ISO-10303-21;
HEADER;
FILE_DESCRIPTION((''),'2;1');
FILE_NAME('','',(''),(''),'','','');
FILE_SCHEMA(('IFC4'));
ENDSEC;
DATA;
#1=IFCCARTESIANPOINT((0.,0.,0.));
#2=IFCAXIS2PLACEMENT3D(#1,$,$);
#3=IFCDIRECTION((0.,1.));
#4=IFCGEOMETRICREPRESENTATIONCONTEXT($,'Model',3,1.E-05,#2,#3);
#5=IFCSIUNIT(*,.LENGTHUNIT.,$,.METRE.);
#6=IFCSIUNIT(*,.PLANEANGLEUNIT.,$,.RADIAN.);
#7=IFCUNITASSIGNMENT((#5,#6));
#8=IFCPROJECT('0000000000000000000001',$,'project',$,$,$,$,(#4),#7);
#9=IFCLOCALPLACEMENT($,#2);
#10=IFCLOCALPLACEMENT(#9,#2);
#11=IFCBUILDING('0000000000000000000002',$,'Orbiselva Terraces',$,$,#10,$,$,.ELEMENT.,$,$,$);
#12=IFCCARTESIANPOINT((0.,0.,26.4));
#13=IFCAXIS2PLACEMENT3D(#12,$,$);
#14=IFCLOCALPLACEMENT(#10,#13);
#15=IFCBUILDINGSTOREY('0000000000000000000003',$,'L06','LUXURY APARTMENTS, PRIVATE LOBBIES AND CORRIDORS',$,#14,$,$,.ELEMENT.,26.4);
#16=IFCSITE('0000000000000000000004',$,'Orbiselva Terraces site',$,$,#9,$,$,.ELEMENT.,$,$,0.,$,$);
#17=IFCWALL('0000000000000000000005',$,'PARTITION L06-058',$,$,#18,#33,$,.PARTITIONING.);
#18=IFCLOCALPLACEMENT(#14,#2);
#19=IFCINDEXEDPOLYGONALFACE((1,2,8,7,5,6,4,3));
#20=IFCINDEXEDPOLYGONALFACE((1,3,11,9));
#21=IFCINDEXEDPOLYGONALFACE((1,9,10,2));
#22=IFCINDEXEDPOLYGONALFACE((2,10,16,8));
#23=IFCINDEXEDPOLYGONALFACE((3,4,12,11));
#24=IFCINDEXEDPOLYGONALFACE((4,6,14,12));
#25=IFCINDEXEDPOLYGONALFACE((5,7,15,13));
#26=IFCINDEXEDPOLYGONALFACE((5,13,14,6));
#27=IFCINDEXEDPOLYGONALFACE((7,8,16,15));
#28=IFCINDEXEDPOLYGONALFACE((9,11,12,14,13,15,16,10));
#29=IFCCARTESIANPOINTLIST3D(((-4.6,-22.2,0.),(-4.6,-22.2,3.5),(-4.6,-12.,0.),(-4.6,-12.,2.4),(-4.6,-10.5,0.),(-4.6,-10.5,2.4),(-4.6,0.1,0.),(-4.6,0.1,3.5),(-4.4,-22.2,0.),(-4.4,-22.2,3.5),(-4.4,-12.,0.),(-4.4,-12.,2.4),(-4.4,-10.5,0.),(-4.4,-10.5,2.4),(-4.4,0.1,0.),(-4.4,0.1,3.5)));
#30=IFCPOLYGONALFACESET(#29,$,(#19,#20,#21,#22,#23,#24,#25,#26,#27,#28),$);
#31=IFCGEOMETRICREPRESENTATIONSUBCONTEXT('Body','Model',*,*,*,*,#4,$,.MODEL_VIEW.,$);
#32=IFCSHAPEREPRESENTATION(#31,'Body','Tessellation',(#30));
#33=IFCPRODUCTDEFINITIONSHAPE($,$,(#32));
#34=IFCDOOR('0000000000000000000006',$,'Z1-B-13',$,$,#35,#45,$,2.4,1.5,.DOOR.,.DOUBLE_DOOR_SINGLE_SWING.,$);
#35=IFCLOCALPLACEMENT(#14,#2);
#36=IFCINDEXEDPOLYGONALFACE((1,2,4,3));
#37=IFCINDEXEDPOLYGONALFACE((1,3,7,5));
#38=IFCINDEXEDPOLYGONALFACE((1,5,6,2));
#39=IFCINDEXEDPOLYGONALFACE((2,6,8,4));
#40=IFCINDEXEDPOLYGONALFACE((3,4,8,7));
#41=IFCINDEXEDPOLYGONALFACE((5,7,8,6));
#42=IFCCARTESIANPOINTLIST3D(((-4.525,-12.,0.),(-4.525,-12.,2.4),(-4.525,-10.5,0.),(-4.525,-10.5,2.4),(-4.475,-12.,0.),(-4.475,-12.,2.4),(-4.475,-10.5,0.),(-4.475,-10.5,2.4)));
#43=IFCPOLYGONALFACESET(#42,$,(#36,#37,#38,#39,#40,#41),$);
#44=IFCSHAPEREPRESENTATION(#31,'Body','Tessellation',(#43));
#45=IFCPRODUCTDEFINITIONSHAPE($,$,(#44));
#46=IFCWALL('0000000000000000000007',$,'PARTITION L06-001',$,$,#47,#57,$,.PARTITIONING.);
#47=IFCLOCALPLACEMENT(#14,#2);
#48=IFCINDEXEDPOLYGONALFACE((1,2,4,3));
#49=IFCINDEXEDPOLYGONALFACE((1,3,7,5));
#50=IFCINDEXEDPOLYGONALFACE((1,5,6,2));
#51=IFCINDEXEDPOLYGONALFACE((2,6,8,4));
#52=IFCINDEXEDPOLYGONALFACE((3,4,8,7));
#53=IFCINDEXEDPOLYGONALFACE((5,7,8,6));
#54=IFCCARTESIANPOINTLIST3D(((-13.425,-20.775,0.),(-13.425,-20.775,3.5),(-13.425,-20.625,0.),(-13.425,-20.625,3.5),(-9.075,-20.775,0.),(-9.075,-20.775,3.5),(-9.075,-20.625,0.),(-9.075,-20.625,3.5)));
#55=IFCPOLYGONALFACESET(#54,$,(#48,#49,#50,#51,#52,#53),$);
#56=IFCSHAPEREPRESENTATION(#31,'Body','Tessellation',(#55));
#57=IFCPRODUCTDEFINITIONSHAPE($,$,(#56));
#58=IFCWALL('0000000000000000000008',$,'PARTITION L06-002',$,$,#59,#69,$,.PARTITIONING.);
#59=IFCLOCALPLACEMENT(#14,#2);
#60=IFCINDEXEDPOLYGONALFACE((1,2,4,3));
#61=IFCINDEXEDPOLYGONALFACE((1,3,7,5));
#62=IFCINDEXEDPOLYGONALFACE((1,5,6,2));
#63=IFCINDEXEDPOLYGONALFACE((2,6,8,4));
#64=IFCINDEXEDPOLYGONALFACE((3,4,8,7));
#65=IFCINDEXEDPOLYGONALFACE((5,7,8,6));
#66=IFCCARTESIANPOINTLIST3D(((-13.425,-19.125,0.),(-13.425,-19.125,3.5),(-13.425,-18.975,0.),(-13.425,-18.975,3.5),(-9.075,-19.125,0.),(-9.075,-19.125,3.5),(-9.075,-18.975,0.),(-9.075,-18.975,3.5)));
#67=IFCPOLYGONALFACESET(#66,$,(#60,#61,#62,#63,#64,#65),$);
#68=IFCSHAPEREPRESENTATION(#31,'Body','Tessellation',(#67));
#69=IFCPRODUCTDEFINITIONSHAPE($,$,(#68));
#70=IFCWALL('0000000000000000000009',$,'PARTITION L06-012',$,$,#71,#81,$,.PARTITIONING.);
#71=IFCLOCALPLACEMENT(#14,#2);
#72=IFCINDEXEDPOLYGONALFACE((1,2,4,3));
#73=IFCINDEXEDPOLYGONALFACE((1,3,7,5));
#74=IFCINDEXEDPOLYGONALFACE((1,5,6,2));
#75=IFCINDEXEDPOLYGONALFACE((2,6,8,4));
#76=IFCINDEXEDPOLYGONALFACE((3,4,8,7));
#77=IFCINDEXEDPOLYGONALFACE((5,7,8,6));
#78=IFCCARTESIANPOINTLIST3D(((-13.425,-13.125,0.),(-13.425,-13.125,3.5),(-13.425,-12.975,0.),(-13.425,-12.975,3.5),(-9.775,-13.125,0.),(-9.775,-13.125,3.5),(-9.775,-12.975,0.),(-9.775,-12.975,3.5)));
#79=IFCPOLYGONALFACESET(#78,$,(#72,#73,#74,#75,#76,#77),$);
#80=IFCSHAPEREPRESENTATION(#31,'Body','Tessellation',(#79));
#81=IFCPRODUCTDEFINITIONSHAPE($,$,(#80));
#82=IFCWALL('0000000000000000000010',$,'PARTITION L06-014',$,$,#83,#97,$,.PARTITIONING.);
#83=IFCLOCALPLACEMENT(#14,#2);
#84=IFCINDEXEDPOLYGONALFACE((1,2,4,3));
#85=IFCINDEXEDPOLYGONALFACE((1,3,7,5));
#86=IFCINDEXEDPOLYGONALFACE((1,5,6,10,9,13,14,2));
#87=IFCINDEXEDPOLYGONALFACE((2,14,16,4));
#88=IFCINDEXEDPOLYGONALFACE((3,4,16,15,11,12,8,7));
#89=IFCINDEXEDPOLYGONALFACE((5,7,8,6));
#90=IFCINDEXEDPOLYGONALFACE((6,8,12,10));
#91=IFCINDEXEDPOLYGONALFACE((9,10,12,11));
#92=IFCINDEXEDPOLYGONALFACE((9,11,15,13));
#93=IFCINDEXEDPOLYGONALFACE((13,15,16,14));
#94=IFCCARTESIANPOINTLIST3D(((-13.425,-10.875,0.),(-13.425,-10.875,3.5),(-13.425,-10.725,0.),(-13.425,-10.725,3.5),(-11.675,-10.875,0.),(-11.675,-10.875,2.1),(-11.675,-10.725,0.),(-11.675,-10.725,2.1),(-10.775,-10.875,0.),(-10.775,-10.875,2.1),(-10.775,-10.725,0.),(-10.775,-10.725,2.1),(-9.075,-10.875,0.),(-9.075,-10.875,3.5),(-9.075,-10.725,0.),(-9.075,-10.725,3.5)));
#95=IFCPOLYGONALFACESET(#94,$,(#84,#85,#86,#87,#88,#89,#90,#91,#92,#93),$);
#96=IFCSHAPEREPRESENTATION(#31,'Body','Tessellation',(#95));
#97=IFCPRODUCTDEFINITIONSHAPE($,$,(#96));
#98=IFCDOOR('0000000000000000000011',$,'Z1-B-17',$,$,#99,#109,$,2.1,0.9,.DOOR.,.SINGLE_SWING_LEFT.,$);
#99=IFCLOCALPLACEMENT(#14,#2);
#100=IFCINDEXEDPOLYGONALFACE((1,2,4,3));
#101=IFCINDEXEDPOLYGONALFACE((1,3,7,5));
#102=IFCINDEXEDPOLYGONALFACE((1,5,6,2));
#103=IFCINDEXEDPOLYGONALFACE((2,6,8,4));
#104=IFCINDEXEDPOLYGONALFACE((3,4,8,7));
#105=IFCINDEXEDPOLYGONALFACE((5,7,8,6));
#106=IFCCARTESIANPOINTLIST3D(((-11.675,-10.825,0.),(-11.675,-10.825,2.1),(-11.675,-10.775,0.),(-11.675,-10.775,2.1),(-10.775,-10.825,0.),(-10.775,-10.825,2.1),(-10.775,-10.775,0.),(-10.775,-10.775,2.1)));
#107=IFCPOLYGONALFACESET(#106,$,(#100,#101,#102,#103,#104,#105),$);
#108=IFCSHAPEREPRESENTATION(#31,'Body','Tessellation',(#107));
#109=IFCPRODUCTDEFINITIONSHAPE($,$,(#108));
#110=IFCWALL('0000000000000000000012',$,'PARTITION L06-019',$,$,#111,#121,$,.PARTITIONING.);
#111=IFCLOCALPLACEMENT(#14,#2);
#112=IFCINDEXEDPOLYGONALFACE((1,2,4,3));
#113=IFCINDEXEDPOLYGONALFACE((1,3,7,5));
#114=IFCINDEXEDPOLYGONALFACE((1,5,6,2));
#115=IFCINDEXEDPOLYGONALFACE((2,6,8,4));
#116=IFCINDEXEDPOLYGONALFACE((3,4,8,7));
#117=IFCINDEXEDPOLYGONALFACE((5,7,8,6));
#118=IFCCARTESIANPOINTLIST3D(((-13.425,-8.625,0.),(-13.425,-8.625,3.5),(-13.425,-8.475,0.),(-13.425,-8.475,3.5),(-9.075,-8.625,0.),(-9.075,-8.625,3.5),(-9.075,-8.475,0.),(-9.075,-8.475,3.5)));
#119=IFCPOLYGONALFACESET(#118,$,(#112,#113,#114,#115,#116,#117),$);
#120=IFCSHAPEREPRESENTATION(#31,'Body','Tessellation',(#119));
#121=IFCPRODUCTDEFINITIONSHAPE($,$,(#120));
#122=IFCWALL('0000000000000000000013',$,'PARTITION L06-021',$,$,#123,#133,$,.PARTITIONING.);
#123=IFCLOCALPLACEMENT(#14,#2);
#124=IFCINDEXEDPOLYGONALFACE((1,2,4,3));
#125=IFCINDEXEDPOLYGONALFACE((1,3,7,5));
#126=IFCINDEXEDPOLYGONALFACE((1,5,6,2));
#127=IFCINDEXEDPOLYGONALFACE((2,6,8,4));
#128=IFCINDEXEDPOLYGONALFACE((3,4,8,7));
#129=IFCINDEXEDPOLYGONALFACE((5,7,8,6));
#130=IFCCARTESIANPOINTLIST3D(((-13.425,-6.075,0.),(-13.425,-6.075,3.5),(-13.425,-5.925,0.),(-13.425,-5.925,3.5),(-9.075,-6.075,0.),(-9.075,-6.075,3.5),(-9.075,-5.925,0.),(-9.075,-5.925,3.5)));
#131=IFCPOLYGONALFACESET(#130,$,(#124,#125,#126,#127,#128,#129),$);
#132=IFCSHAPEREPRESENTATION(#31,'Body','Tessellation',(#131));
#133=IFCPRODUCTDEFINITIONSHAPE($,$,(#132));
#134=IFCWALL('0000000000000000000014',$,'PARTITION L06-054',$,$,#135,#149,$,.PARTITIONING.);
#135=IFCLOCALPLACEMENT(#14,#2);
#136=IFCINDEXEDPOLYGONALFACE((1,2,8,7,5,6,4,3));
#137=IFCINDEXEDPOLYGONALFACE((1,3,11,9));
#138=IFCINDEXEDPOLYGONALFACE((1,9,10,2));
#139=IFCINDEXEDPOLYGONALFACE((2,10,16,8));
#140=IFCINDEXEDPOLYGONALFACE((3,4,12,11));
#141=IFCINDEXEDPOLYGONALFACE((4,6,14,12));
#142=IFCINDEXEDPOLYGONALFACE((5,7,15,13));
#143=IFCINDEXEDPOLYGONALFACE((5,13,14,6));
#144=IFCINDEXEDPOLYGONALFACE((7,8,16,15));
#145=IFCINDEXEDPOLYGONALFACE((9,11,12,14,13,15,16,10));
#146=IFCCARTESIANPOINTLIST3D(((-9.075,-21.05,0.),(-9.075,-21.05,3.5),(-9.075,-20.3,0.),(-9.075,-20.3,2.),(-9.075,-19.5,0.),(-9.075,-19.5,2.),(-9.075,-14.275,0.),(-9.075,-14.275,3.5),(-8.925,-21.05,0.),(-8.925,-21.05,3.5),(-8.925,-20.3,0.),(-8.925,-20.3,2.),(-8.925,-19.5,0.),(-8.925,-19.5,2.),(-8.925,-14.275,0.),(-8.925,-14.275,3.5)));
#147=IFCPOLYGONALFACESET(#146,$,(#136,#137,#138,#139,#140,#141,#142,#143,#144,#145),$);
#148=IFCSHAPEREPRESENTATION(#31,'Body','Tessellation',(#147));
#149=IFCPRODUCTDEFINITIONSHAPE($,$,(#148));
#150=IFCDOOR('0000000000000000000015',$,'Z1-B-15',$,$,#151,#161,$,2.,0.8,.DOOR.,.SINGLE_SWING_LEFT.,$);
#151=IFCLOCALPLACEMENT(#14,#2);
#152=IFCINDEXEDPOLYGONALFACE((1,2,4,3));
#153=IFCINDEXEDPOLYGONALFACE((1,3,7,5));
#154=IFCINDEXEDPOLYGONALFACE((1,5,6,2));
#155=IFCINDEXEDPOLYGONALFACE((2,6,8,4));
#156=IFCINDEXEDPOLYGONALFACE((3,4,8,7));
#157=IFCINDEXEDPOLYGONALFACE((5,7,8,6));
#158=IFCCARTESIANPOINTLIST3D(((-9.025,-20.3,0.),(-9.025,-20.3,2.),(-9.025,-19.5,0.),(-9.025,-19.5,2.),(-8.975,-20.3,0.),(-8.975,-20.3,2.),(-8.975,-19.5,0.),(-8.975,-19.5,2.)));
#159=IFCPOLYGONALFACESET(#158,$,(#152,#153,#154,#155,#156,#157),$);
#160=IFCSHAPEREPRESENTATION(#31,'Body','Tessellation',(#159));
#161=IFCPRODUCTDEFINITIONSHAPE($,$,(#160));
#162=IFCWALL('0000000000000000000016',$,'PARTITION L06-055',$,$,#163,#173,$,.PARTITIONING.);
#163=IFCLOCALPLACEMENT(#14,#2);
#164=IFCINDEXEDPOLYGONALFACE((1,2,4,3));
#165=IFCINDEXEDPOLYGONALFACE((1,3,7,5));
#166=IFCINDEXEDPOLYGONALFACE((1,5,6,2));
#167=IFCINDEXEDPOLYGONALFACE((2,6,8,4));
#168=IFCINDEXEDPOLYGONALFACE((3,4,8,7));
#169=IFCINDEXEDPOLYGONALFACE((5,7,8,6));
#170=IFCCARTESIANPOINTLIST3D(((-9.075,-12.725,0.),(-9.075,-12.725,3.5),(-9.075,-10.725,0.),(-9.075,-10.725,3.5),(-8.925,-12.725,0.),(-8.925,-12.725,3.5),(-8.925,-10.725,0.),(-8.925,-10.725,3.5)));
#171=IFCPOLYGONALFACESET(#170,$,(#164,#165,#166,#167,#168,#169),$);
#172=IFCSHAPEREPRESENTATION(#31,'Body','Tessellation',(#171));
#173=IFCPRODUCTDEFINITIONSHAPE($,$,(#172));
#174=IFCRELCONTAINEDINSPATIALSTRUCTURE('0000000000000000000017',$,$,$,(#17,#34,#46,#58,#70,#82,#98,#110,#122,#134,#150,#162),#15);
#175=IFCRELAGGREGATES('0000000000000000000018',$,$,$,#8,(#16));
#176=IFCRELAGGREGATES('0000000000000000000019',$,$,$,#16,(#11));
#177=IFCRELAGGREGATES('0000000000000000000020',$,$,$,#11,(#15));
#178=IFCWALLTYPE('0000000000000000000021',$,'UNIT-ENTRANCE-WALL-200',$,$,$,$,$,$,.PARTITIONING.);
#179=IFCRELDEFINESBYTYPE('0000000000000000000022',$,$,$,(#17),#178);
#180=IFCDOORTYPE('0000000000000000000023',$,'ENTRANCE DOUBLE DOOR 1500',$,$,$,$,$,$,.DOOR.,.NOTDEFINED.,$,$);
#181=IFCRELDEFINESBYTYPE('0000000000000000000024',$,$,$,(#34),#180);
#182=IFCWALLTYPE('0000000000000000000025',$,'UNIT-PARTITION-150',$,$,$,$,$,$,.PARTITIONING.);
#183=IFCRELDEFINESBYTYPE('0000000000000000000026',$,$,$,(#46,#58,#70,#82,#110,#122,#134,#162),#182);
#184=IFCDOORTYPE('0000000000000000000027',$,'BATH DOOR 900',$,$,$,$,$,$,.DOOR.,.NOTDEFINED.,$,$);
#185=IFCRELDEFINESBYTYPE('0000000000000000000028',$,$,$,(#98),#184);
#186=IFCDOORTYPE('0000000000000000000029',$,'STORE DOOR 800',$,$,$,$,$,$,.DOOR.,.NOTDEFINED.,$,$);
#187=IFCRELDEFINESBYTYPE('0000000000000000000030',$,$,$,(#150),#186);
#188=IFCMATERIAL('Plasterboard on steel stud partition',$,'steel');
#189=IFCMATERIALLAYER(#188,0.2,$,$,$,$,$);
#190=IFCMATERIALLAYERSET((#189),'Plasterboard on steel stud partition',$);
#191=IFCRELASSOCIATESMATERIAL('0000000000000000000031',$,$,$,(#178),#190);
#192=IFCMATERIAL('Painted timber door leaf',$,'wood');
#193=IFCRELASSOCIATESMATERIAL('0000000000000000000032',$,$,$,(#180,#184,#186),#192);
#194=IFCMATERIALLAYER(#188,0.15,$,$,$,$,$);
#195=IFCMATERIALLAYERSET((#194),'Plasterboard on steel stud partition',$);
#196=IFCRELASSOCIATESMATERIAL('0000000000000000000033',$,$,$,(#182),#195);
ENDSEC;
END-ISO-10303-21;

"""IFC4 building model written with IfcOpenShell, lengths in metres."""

from ifc_helpers import new_model, si_unit, direction, frame, frame_2d, origin, place, context, subcontext, project, spatial, rectangle, extrude, material, layer, layer_set, type_object, element, fill, save


model = new_model("IFC4")

# Units and contexts
model_context = context("Model", 3, precision=1e-05, world=origin(), true_north=direction((0.0, 1.0)))
body_context = subcontext(model_context, "Body", "Model", "MODEL_VIEW")
ifc_project = project(units=[si_unit("LENGTHUNIT", "METRE"), si_unit("PLANEANGLEUNIT", "RADIAN")], contexts=[model_context])

# Site, building, storey
site_placement = place(None, origin())
site = spatial("IfcSite", under=ifc_project, at=site_placement, Name="Orbiselva Terraces site", CompositionType="ELEMENT", RefElevation=0.0)
building_placement = place(site_placement, origin())
building = spatial("IfcBuilding", under=site, at=building_placement, Name="Orbiselva Terraces", CompositionType="ELEMENT")
storey_placement = place(building_placement, frame((0.0, 0.0, 26.4)))
storey = spatial("IfcBuildingStorey", under=building, at=storey_placement, Name="L06", Description="LUXURY APARTMENTS, PRIVATE LOBBIES AND CORRIDORS", CompositionType="ELEMENT", Elevation=26.4)

# Wall, opening, door
ifc_material_1 = material(Name="Plasterboard on steel stud partition", Category="steel")
ifc_layer_1 = layer(ifc_material_1, 0.2)
ifc_layer_set_1 = layer_set([ifc_layer_1], Name="Plasterboard on steel stud partition")
wall_type_1 = type_object("IfcWallType", Name="UNIT-ENTRANCE-WALL-200", PredefinedType="PARTITIONING", material=ifc_layer_set_1)
wall_1_placement = place(storey_placement, frame((-4.5, -22.2, 0.0), z_axis=(0.0, 0.0, 1.0), x_axis=(0.0, 1.0, 0.0)))
wall_1 = element("IfcWall", 1, at=wall_1_placement, inside=storey, type_object=wall_type_1, Name="PARTITION L06-058", PredefinedType="PARTITIONING", context=body_context, shape_type="SweptSolid", body=[
    extrude(rectangle(XDim=22.3, YDim=0.2, at=frame_2d((11.15, 0.0))), origin(), (0.0, 0.0, 1.0), 3.5),
])
opening_1_placement = place(wall_1_placement, frame((10.2, 0.0, 0.0)))
opening_1 = element("IfcOpeningElement", 2, at=opening_1_placement, cuts=wall_1, PredefinedType="OPENING", context=body_context, shape_type="SweptSolid", body=[
    extrude(rectangle(XDim=1.5, YDim=2.4, at=frame_2d((0.75, 1.2))), frame((0.0, 0.11, 0.0), z_axis=(0.0, -1.0, 0.0), x_axis=(1.0, 0.0, 0.0)), (0.0, 0.0, 1.0), 0.22),
])
ifc_material_2 = material(Name="Painted timber door leaf", Category="wood")
door_type_1 = type_object("IfcDoorType", Name="ENTRANCE DOUBLE DOOR 1500", OperationType="NOTDEFINED", PredefinedType="DOOR", material=ifc_material_2)
door_1_placement = place(opening_1_placement, origin())
door_1 = element("IfcDoor", 3, at=door_1_placement, inside=storey, type_object=door_type_1, Name="Z1-B-13", OperationType="DOUBLE_DOOR_SINGLE_SWING", OverallHeight=2.4, OverallWidth=1.5, PredefinedType="DOOR", context=body_context, shape_type="SweptSolid", body=[
    extrude(rectangle(XDim=1.5, YDim=2.4, at=frame_2d((0.75, 1.2))), frame((0.0, 0.025, 0.0), z_axis=(0.0, -1.0, 0.0), x_axis=(1.0, 0.0, 0.0)), (0.0, 0.0, 1.0), 0.05),
])
fill(opening_1, door_1)

# Walls
ifc_layer_2 = layer(ifc_material_1, 0.15)
ifc_layer_set_2 = layer_set([ifc_layer_2], Name="Plasterboard on steel stud partition")
wall_type_2 = type_object("IfcWallType", Name="UNIT-PARTITION-150", PredefinedType="PARTITIONING", material=ifc_layer_set_2)
for number, where, z_axis, x_axis, name in (
    (4, (-13.425, -20.7, 0.0), (0.0, 0.0, 1.0), (1.0, 0.0, 0.0), "PARTITION L06-001"),
    (5, (-13.425, -19.05, 0.0), (0.0, 0.0, 1.0), (1.0, 0.0, 0.0), "PARTITION L06-002"),
):
    element("IfcWall", number, at=place(storey_placement, frame(where, z_axis=z_axis, x_axis=x_axis)), inside=storey, type_object=wall_type_2, Name=name, PredefinedType="PARTITIONING", context=body_context, shape_type="SweptSolid", body=[
        extrude(rectangle(XDim=4.35, YDim=0.15, at=frame_2d((2.175, 0.0))), origin(), (0.0, 0.0, 1.0), 3.5),
    ])
wall_2_placement = place(storey_placement, frame((-13.425, -13.05, 0.0), z_axis=(0.0, 0.0, 1.0), x_axis=(1.0, 0.0, 0.0)))
element("IfcWall", 6, at=wall_2_placement, inside=storey, type_object=wall_type_2, Name="PARTITION L06-012", PredefinedType="PARTITIONING", context=body_context, shape_type="SweptSolid", body=[
    extrude(rectangle(XDim=3.65, YDim=0.15, at=frame_2d((1.825, 0.0))), origin(), (0.0, 0.0, 1.0), 3.5),
])

# Wall, opening, door
wall_3_placement = place(storey_placement, frame((-9.075, -10.8, 0.0), z_axis=(0.0, 0.0, 1.0), x_axis=(-1.0, 0.0, 0.0)))
wall_3 = element("IfcWall", 7, at=wall_3_placement, inside=storey, type_object=wall_type_2, Name="PARTITION L06-014", PredefinedType="PARTITIONING", context=body_context, shape_type="SweptSolid", body=[
    extrude(rectangle(XDim=4.35, YDim=0.15, at=frame_2d((2.175, 0.0))), origin(), (0.0, 0.0, 1.0), 3.5),
])
opening_2_placement = place(wall_3_placement, frame((1.7, 0.0, 0.0)))
opening_2 = element("IfcOpeningElement", 8, at=opening_2_placement, cuts=wall_3, PredefinedType="OPENING", context=body_context, shape_type="SweptSolid", body=[
    extrude(rectangle(XDim=0.9, YDim=2.1, at=frame_2d((0.45, 1.05))), frame((0.0, 0.085, 0.0), z_axis=(0.0, -1.0, 0.0), x_axis=(1.0, 0.0, 0.0)), (0.0, 0.0, 1.0), 0.17),
])
door_type_2 = type_object("IfcDoorType", Name="BATH DOOR 900", OperationType="NOTDEFINED", PredefinedType="DOOR", material=ifc_material_2)
door_2_placement = place(opening_2_placement, origin())
door_2 = element("IfcDoor", 9, at=door_2_placement, inside=storey, type_object=door_type_2, Name="Z1-B-17", OperationType="SINGLE_SWING_LEFT", OverallHeight=2.1, OverallWidth=0.9, PredefinedType="DOOR", context=body_context, shape_type="SweptSolid", body=[
    extrude(rectangle(XDim=0.9, YDim=2.1, at=frame_2d((0.45, 1.05))), frame((0.0, 0.025, 0.0), z_axis=(0.0, -1.0, 0.0), x_axis=(1.0, 0.0, 0.0)), (0.0, 0.0, 1.0), 0.05),
])
fill(opening_2, door_2)

# Walls
for number, where, z_axis, x_axis, name in (
    (10, (-13.425, -8.55, 0.0), (0.0, 0.0, 1.0), (1.0, 0.0, 0.0), "PARTITION L06-019"),
    (11, (-13.425, -6.0, 0.0), (0.0, 0.0, 1.0), (1.0, 0.0, 0.0), "PARTITION L06-021"),
):
    element("IfcWall", number, at=place(storey_placement, frame(where, z_axis=z_axis, x_axis=x_axis)), inside=storey, type_object=wall_type_2, Name=name, PredefinedType="PARTITIONING", context=body_context, shape_type="SweptSolid", body=[
        extrude(rectangle(XDim=4.35, YDim=0.15, at=frame_2d((2.175, 0.0))), origin(), (0.0, 0.0, 1.0), 3.5),
    ])

# Wall, opening, door
wall_4_placement = place(storey_placement, frame((-9.0, -21.05, 0.0), z_axis=(0.0, 0.0, 1.0), x_axis=(0.0, 1.0, 0.0)))
wall_4 = element("IfcWall", 12, at=wall_4_placement, inside=storey, type_object=wall_type_2, Name="PARTITION L06-054", PredefinedType="PARTITIONING", context=body_context, shape_type="SweptSolid", body=[
    extrude(rectangle(XDim=6.775, YDim=0.15, at=frame_2d((3.3875, 0.0))), origin(), (0.0, 0.0, 1.0), 3.5),
])
opening_3_placement = place(wall_4_placement, frame((0.75, 0.0, 0.0)))
opening_3 = element("IfcOpeningElement", 13, at=opening_3_placement, cuts=wall_4, PredefinedType="OPENING", context=body_context, shape_type="SweptSolid", body=[
    extrude(rectangle(XDim=0.8, YDim=2.0, at=frame_2d((0.4, 1.0))), frame((0.0, 0.085, 0.0), z_axis=(0.0, -1.0, 0.0), x_axis=(1.0, 0.0, 0.0)), (0.0, 0.0, 1.0), 0.17),
])
door_type_3 = type_object("IfcDoorType", Name="STORE DOOR 800", OperationType="NOTDEFINED", PredefinedType="DOOR", material=ifc_material_2)
door_3_placement = place(opening_3_placement, origin())
door_3 = element("IfcDoor", 14, at=door_3_placement, inside=storey, type_object=door_type_3, Name="Z1-B-15", OperationType="SINGLE_SWING_LEFT", OverallHeight=2.0, OverallWidth=0.8, PredefinedType="DOOR", context=body_context, shape_type="SweptSolid", body=[
    extrude(rectangle(XDim=0.8, YDim=2.0, at=frame_2d((0.4, 1.0))), frame((0.0, 0.025, 0.0), z_axis=(0.0, -1.0, 0.0), x_axis=(1.0, 0.0, 0.0)), (0.0, 0.0, 1.0), 0.05),
])
fill(opening_3, door_3)

# Wall
wall_5_placement = place(storey_placement, frame((-9.0, -12.725, 0.0), z_axis=(0.0, 0.0, 1.0), x_axis=(0.0, 1.0, 0.0)))
element("IfcWall", 15, at=wall_5_placement, inside=storey, type_object=wall_type_2, Name="PARTITION L06-055", PredefinedType="PARTITIONING", context=body_context, shape_type="SweptSolid", body=[
    extrude(rectangle(XDim=2.0, YDim=0.15, at=frame_2d((1.0, 0.0))), origin(), (0.0, 0.0, 1.0), 3.5),
])

save(model, "model.ifc")
